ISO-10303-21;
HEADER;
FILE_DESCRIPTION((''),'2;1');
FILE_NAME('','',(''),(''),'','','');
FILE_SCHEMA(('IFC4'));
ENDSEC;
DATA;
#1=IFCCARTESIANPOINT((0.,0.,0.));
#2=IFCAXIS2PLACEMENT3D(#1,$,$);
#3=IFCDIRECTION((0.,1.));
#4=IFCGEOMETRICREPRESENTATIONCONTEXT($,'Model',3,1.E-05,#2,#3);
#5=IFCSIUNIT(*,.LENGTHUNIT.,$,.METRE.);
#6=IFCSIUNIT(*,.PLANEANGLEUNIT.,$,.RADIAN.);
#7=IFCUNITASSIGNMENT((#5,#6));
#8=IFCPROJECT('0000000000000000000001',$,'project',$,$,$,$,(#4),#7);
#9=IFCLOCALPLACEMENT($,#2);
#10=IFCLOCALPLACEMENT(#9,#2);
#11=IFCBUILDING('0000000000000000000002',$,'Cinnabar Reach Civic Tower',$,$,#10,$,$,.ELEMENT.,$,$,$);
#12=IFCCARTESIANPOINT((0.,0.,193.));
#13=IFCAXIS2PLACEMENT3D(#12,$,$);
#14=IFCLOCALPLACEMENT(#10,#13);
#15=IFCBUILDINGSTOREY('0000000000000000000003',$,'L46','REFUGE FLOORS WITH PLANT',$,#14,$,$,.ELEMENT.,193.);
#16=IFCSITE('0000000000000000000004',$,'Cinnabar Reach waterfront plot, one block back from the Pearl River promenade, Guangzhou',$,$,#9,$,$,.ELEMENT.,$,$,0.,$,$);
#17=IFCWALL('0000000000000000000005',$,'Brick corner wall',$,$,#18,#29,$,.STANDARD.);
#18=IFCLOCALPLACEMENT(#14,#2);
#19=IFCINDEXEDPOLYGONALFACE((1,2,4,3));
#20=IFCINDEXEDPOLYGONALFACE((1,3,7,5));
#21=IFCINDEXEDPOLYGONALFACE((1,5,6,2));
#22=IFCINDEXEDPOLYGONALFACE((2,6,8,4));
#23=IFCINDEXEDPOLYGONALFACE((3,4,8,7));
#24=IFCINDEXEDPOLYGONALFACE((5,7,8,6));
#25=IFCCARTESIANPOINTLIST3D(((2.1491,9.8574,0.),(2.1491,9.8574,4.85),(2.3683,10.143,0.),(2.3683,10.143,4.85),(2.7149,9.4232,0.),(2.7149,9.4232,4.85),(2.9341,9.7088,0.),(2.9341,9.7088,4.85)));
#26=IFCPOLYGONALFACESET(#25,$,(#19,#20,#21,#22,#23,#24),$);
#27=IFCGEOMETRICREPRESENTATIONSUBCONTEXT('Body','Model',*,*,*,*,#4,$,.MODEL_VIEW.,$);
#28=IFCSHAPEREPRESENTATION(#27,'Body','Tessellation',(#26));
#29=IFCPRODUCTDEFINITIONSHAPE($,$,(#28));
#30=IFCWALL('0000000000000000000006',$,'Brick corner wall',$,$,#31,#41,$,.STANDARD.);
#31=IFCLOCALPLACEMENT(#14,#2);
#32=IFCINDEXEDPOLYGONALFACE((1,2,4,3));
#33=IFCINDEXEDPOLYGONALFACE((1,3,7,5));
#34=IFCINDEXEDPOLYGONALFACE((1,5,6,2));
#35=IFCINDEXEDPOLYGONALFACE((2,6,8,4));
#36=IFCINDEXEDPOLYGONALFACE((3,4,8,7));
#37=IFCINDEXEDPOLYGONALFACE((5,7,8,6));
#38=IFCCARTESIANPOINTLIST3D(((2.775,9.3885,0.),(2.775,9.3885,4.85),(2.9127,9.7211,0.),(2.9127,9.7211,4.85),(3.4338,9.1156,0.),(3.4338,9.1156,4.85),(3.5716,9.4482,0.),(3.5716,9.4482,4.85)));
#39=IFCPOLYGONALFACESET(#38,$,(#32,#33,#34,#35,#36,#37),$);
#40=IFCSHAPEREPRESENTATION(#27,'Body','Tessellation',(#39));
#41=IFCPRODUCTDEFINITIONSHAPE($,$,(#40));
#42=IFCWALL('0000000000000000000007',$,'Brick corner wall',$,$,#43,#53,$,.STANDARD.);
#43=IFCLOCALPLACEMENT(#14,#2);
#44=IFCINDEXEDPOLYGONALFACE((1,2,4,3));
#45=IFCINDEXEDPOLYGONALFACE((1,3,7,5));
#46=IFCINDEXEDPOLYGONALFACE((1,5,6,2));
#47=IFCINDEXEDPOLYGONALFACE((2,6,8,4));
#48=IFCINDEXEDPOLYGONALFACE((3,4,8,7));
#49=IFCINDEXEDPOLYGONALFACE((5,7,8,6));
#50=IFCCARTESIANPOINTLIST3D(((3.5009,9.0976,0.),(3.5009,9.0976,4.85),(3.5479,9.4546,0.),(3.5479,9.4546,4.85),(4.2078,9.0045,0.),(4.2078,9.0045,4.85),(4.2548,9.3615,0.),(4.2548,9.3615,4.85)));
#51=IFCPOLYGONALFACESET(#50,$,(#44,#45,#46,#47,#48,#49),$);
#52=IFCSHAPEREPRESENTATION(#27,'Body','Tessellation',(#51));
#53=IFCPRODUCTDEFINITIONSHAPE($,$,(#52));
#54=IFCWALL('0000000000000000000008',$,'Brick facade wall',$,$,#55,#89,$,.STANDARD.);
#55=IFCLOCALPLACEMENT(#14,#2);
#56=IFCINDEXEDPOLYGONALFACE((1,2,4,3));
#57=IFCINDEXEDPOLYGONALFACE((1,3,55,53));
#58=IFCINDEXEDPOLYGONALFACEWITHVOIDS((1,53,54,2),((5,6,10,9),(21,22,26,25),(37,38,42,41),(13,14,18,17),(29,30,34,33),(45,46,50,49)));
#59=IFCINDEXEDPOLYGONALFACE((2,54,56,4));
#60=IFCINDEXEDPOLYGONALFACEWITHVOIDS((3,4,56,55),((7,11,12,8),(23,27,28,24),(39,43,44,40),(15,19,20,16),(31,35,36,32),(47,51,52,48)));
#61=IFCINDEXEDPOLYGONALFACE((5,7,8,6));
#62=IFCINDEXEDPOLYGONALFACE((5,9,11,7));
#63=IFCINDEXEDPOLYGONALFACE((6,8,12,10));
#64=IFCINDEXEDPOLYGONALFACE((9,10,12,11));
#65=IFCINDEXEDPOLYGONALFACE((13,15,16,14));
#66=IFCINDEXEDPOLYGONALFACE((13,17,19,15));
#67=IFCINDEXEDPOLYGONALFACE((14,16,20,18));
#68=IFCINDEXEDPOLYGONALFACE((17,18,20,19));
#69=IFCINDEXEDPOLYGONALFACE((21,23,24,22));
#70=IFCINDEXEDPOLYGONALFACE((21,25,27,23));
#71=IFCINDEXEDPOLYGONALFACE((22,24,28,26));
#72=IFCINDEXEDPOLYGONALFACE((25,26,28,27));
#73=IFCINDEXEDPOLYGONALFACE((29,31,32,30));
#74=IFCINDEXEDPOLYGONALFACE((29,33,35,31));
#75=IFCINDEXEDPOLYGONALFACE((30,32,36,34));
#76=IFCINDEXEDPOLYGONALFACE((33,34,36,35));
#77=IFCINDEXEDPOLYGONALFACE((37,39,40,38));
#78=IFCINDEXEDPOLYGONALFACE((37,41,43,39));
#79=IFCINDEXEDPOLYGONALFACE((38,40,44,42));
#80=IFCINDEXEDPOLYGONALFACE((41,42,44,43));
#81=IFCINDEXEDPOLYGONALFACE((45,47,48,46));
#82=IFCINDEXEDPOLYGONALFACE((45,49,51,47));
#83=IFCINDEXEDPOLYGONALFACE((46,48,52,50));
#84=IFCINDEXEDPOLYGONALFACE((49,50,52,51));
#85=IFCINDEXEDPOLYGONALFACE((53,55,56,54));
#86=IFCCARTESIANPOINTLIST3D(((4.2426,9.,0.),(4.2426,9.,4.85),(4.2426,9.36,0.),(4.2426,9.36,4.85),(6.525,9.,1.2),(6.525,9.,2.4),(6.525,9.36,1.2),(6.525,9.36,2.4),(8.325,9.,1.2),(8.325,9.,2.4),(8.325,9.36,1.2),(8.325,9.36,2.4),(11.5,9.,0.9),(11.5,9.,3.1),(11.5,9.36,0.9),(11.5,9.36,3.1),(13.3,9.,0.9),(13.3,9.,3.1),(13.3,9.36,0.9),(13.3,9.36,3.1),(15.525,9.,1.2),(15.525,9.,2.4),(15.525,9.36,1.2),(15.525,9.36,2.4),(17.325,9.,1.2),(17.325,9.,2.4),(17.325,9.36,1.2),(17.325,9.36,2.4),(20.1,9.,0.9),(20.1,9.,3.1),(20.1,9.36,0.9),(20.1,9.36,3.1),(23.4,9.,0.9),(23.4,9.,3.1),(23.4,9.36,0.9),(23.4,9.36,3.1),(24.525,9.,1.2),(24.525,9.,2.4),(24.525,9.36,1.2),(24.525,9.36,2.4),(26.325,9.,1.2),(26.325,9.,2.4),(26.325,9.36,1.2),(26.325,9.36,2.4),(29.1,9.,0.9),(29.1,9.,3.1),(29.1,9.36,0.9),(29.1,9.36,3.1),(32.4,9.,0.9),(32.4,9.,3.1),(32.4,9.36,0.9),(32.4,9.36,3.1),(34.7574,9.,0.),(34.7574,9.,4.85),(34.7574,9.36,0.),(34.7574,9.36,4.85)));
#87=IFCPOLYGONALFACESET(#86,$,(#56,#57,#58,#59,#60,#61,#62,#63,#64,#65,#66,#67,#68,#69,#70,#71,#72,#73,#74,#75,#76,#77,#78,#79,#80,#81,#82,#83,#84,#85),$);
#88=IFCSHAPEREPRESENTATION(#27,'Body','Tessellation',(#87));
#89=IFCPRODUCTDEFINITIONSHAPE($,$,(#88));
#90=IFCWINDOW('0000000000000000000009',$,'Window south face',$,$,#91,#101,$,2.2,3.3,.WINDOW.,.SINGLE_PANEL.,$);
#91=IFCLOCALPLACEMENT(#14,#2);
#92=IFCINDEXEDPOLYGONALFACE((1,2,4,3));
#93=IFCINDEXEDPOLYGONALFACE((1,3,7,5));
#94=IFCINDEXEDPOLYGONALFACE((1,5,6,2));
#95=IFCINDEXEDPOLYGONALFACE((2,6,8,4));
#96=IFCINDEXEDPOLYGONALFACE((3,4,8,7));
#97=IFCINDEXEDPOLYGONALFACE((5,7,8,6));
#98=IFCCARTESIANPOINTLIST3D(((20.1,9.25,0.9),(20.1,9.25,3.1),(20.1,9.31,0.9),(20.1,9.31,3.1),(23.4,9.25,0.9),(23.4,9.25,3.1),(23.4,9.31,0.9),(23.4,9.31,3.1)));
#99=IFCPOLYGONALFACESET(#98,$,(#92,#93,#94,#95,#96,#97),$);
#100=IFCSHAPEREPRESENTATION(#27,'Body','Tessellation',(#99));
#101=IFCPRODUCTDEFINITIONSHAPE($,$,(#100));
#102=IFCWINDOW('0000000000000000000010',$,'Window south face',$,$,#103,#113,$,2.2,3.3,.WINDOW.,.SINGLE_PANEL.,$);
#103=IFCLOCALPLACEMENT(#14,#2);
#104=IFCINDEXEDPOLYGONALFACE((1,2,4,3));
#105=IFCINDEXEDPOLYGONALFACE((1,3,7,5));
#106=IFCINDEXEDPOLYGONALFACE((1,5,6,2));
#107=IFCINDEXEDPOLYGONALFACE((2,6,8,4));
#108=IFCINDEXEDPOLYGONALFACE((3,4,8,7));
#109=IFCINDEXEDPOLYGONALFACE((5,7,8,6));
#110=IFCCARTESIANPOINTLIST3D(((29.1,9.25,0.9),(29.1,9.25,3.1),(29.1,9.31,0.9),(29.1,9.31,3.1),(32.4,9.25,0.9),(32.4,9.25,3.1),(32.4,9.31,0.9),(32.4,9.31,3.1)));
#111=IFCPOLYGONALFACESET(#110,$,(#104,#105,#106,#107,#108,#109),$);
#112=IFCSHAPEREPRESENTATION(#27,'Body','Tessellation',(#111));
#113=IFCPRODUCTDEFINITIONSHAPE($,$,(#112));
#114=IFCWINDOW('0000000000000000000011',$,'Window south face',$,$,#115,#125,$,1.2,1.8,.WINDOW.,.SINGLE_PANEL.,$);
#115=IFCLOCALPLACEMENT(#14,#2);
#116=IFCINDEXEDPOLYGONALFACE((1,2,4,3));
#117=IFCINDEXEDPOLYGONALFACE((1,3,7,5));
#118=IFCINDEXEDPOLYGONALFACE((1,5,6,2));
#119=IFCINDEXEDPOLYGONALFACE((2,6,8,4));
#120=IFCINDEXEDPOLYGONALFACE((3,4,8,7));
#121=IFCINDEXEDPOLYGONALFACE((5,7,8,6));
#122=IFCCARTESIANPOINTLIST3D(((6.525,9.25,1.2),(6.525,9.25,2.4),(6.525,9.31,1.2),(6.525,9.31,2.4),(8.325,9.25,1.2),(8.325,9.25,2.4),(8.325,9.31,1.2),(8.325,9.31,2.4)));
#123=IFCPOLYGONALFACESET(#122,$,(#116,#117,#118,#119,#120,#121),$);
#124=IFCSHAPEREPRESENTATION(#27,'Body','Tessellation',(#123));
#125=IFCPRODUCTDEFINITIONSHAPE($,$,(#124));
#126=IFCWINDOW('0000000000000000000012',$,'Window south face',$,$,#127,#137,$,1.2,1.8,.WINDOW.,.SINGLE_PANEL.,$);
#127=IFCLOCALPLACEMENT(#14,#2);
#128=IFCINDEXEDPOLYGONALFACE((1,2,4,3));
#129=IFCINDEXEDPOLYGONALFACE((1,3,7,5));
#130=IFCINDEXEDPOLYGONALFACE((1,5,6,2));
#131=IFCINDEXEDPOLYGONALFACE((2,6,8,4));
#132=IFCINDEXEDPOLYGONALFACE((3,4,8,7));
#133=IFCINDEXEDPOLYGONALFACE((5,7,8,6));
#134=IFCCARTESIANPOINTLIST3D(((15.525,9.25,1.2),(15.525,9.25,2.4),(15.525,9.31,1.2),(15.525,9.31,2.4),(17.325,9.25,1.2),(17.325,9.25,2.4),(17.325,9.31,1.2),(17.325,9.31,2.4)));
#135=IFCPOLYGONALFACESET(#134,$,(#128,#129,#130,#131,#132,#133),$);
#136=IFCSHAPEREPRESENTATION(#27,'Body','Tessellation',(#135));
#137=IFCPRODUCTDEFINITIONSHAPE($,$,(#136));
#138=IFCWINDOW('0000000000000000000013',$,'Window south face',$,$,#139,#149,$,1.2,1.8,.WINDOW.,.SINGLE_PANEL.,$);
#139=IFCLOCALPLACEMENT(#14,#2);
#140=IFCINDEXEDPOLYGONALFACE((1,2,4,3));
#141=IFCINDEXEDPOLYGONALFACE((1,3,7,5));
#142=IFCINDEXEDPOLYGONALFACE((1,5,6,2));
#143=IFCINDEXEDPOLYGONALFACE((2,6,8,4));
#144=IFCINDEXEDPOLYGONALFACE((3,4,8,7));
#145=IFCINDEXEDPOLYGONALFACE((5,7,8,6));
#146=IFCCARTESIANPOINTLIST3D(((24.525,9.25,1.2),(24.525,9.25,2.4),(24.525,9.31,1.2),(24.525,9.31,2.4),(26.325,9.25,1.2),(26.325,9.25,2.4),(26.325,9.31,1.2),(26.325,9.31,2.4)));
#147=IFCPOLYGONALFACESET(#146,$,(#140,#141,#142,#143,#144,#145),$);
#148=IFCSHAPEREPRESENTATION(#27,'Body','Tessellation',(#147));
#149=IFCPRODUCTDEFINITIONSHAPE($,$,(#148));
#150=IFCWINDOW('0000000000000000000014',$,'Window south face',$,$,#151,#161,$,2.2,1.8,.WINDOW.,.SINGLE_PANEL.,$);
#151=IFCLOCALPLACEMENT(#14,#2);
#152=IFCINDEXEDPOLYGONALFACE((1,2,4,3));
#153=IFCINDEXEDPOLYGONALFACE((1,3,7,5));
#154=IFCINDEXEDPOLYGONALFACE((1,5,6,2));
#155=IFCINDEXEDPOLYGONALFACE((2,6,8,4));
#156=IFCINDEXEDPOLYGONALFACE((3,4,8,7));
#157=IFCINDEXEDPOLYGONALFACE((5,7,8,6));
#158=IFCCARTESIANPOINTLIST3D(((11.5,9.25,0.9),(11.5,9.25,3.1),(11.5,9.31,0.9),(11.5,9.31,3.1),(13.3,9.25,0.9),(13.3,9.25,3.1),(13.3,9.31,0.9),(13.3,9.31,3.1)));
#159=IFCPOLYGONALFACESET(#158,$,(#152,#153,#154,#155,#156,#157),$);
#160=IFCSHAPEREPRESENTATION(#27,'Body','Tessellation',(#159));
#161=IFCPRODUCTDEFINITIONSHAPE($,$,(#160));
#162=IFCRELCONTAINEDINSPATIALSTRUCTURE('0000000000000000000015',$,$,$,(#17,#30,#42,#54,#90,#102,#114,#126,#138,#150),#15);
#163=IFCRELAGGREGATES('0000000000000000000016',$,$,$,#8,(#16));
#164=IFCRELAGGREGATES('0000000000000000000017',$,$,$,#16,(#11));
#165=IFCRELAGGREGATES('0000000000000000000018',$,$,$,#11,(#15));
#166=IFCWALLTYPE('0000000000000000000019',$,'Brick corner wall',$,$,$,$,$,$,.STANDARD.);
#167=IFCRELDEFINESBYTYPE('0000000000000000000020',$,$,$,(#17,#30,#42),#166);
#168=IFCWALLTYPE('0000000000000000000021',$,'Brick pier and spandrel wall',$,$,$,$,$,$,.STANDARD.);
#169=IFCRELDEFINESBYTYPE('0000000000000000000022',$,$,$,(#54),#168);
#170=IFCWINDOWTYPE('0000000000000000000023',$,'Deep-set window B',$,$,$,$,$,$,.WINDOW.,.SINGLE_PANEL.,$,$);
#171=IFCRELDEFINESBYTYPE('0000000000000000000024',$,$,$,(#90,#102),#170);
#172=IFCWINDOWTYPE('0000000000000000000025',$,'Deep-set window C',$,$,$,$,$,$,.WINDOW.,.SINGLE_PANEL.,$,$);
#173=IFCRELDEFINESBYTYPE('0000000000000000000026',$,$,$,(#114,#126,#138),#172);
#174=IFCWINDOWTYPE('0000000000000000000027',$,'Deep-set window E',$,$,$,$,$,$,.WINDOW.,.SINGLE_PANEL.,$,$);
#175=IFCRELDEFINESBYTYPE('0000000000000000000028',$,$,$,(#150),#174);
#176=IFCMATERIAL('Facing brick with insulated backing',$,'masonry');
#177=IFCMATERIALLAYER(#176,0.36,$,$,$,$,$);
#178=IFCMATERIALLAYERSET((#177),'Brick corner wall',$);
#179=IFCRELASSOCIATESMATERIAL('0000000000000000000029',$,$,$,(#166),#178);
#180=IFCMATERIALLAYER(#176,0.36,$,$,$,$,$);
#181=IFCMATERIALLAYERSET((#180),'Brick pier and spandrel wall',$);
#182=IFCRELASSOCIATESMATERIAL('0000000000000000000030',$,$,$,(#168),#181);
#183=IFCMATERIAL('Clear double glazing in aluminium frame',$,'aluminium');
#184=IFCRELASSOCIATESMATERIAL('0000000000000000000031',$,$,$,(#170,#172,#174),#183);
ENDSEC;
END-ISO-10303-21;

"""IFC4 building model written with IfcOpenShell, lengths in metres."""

from ifc_helpers import new_model, si_unit, direction, frame, frame_2d, origin, place, context, subcontext, project, spatial, rectangle, extrude, material, layer, layer_set, type_object, element, fill, save


model = new_model("IFC4")

# Units and contexts
model_context = context("Model", 3, precision=1e-05, world=origin(), true_north=direction((0.0, 1.0)))
body_context = subcontext(model_context, "Body", "Model", "MODEL_VIEW")
ifc_project = project(units=[si_unit("LENGTHUNIT", "METRE"), si_unit("PLANEANGLEUNIT", "RADIAN")], contexts=[model_context])

# Site, building, storey
site_placement = place(None, origin())
site = spatial("IfcSite", under=ifc_project, at=site_placement, Name="Cinnabar Reach waterfront plot, one block back from the Pearl River promenade, Guangzhou", CompositionType="ELEMENT", RefElevation=0.0)
building_placement = place(site_placement, origin())
building = spatial("IfcBuilding", under=site, at=building_placement, Name="Cinnabar Reach Civic Tower", CompositionType="ELEMENT")
storey_placement = place(building_placement, frame((0.0, 0.0, 193.0)))
storey = spatial("IfcBuildingStorey", under=building, at=storey_placement, Name="L46", Description="REFUGE FLOORS WITH PLANT", CompositionType="ELEMENT", Elevation=193.0)

# Walls
ifc_material_1 = material(Name="Facing brick with insulated backing", Category="masonry")
ifc_layer_1 = layer(ifc_material_1, 0.36)
ifc_layer_set_1 = layer_set([ifc_layer_1], Name="Brick corner wall")
wall_type_1 = type_object("IfcWallType", Name="Brick corner wall", PredefinedType="STANDARD", material=ifc_layer_set_1)
wall_1_placement = place(storey_placement, frame((2.2587, 10.0002, 0.0), z_axis=(0.0, 0.0, 1.0), x_axis=(0.793322, -0.608802, 0.0)))
element("IfcWall", 1, at=wall_1_placement, inside=storey, type_object=wall_type_1, Name="Brick corner wall", PredefinedType="STANDARD", context=body_context, shape_type="SweptSolid", body=[
    extrude(rectangle(XDim=0.7132, YDim=0.36, at=frame_2d((0.3566, 0.0))), origin(), (0.0, 0.0, 1.0), 4.85),
])
for number, where, z_axis, x_axis, name in (
    (2, (2.8439, 9.5548, 0.0), (0.0, 0.0, 1.0), (0.923872, -0.382703, 0.0), "Brick corner wall"),
    (3, (3.5244, 9.2761, 0.0), (0.0, 0.0, 1.0), (0.991441, -0.130556, 0.0), "Brick corner wall"),
):
    element("IfcWall", number, at=place(storey_placement, frame(where, z_axis=z_axis, x_axis=x_axis)), inside=storey, type_object=wall_type_1, Name=name, PredefinedType="STANDARD", context=body_context, shape_type="SweptSolid", body=[
        extrude(rectangle(XDim=0.7131, YDim=0.36, at=frame_2d((0.3565, 0.0))), origin(), (0.0, 0.0, 1.0), 4.85),
    ])

# Wall, openings, windows
ifc_layer_2 = layer(ifc_material_1, 0.36)
ifc_layer_set_2 = layer_set([ifc_layer_2], Name="Brick pier and spandrel wall")
wall_type_2 = type_object("IfcWallType", Name="Brick pier and spandrel wall", PredefinedType="STANDARD", material=ifc_layer_set_2)
wall_2_placement = place(storey_placement, frame((4.2426, 9.18, 0.0), z_axis=(0.0, 0.0, 1.0), x_axis=(1.0, 0.0, 0.0)))
wall_2 = element("IfcWall", 4, at=wall_2_placement, inside=storey, type_object=wall_type_2, Name="Brick facade wall", PredefinedType="STANDARD", context=body_context, shape_type="SweptSolid", body=[
    extrude(rectangle(XDim=30.5148, YDim=0.36, at=frame_2d((15.2574, 0.0))), origin(), (0.0, 0.0, 1.0), 4.85),
])
opening_1_placement = place(wall_2_placement, frame((2.2824, 0.0, 1.2)))
opening_1 = element("IfcOpeningElement", 5, at=opening_1_placement, cuts=wall_2, PredefinedType="OPENING", context=body_context, shape_type="SweptSolid", body=[
    extrude(rectangle(XDim=1.8, YDim=1.2, at=frame_2d((0.9, 0.6))), frame((0.0, 0.19, 0.0), z_axis=(0.0, -1.0, 0.0), x_axis=(1.0, 0.0, 0.0)), (0.0, 0.0, 1.0), 0.38),
])
opening_2_placement = place(wall_2_placement, frame((7.2574, 0.0, 0.9)))
opening_2 = element("IfcOpeningElement", 6, at=opening_2_placement, cuts=wall_2, PredefinedType="OPENING", context=body_context, shape_type="SweptSolid", body=[
    extrude(rectangle(XDim=1.8, YDim=2.2, at=frame_2d((0.9, 1.1))), frame((0.0, 0.19, 0.0), z_axis=(0.0, -1.0, 0.0), x_axis=(1.0, 0.0, 0.0)), (0.0, 0.0, 1.0), 0.38),
])
opening_3_placement = place(wall_2_placement, frame((11.2824, 0.0, 1.2)))
opening_3 = element("IfcOpeningElement", 7, at=opening_3_placement, cuts=wall_2, PredefinedType="OPENING", context=body_context, shape_type="SweptSolid", body=[
    extrude(rectangle(XDim=1.8, YDim=1.2, at=frame_2d((0.9, 0.6))), frame((0.0, 0.19, 0.0), z_axis=(0.0, -1.0, 0.0), x_axis=(1.0, 0.0, 0.0)), (0.0, 0.0, 1.0), 0.38),
])
opening_4_placement = place(wall_2_placement, frame((15.8574, 0.0, 0.9)))
opening_4 = element("IfcOpeningElement", 8, at=opening_4_placement, cuts=wall_2, PredefinedType="OPENING", context=body_context, shape_type="SweptSolid", body=[
    extrude(rectangle(XDim=3.3, YDim=2.2, at=frame_2d((1.65, 1.1))), frame((0.0, 0.19, 0.0), z_axis=(0.0, -1.0, 0.0), x_axis=(1.0, 0.0, 0.0)), (0.0, 0.0, 1.0), 0.38),
])
opening_5_placement = place(wall_2_placement, frame((20.2824, 0.0, 1.2)))
opening_5 = element("IfcOpeningElement", 9, at=opening_5_placement, cuts=wall_2, PredefinedType="OPENING", context=body_context, shape_type="SweptSolid", body=[
    extrude(rectangle(XDim=1.8, YDim=1.2, at=frame_2d((0.9, 0.6))), frame((0.0, 0.19, 0.0), z_axis=(0.0, -1.0, 0.0), x_axis=(1.0, 0.0, 0.0)), (0.0, 0.0, 1.0), 0.38),
])
opening_6_placement = place(wall_2_placement, frame((24.8574, 0.0, 0.9)))
opening_6 = element("IfcOpeningElement", 10, at=opening_6_placement, cuts=wall_2, PredefinedType="OPENING", context=body_context, shape_type="SweptSolid", body=[
    extrude(rectangle(XDim=3.3, YDim=2.2, at=frame_2d((1.65, 1.1))), frame((0.0, 0.19, 0.0), z_axis=(0.0, -1.0, 0.0), x_axis=(1.0, 0.0, 0.0)), (0.0, 0.0, 1.0), 0.38),
])
ifc_material_2 = material(Name="Clear double glazing in aluminium frame", Category="aluminium")
window_type_1 = type_object("IfcWindowType", Name="Deep-set window B", PartitioningType="SINGLE_PANEL", PredefinedType="WINDOW", material=ifc_material_2)
window_1_placement = place(opening_4_placement, origin())
window_1 = element("IfcWindow", 11, at=window_1_placement, inside=storey, type_object=window_type_1, Name="Window south face", OverallHeight=2.2, OverallWidth=3.3, PartitioningType="SINGLE_PANEL", PredefinedType="WINDOW", context=body_context, shape_type="SweptSolid", body=[
    extrude(rectangle(XDim=3.3, YDim=2.2, at=frame_2d((1.65, 1.1))), frame((0.0, 0.13, 0.0), z_axis=(0.0, -1.0, 0.0), x_axis=(1.0, 0.0, 0.0)), (0.0, 0.0, 1.0), 0.06),
])
fill(opening_4, window_1)
window_2_placement = place(opening_6_placement, origin())
window_2 = element("IfcWindow", 12, at=window_2_placement, inside=storey, type_object=window_type_1, Name="Window south face", OverallHeight=2.2, OverallWidth=3.3, PartitioningType="SINGLE_PANEL", PredefinedType="WINDOW", context=body_context, shape_type="SweptSolid", body=[
    extrude(rectangle(XDim=3.3, YDim=2.2, at=frame_2d((1.65, 1.1))), frame((0.0, 0.13, 0.0), z_axis=(0.0, -1.0, 0.0), x_axis=(1.0, 0.0, 0.0)), (0.0, 0.0, 1.0), 0.06),
])
fill(opening_6, window_2)
window_type_2 = type_object("IfcWindowType", Name="Deep-set window C", PartitioningType="SINGLE_PANEL", PredefinedType="WINDOW", material=ifc_material_2)
window_3_placement = place(opening_1_placement, origin())
window_3 = element("IfcWindow", 13, at=window_3_placement, inside=storey, type_object=window_type_2, Name="Window south face", OverallHeight=1.2, OverallWidth=1.8, PartitioningType="SINGLE_PANEL", PredefinedType="WINDOW", context=body_context, shape_type="SweptSolid", body=[
    extrude(rectangle(XDim=1.8, YDim=1.2, at=frame_2d((0.9, 0.6))), frame((0.0, 0.13, 0.0), z_axis=(0.0, -1.0, 0.0), x_axis=(1.0, 0.0, 0.0)), (0.0, 0.0, 1.0), 0.06),
])
fill(opening_1, window_3)
window_4_placement = place(opening_3_placement, origin())
window_4 = element("IfcWindow", 14, at=window_4_placement, inside=storey, type_object=window_type_2, Name="Window south face", OverallHeight=1.2, OverallWidth=1.8, PartitioningType="SINGLE_PANEL", PredefinedType="WINDOW", context=body_context, shape_type="SweptSolid", body=[
    extrude(rectangle(XDim=1.8, YDim=1.2, at=frame_2d((0.9, 0.6))), frame((0.0, 0.13, 0.0), z_axis=(0.0, -1.0, 0.0), x_axis=(1.0, 0.0, 0.0)), (0.0, 0.0, 1.0), 0.06),
])
fill(opening_3, window_4)
window_5_placement = place(opening_5_placement, origin())
window_5 = element("IfcWindow", 15, at=window_5_placement, inside=storey, type_object=window_type_2, Name="Window south face", OverallHeight=1.2, OverallWidth=1.8, PartitioningType="SINGLE_PANEL", PredefinedType="WINDOW", context=body_context, shape_type="SweptSolid", body=[
    extrude(rectangle(XDim=1.8, YDim=1.2, at=frame_2d((0.9, 0.6))), frame((0.0, 0.13, 0.0), z_axis=(0.0, -1.0, 0.0), x_axis=(1.0, 0.0, 0.0)), (0.0, 0.0, 1.0), 0.06),
])
fill(opening_5, window_5)
window_type_3 = type_object("IfcWindowType", Name="Deep-set window E", PartitioningType="SINGLE_PANEL", PredefinedType="WINDOW", material=ifc_material_2)
window_6_placement = place(opening_2_placement, origin())
window_6 = element("IfcWindow", 16, at=window_6_placement, inside=storey, type_object=window_type_3, Name="Window south face", OverallHeight=2.2, OverallWidth=1.8, PartitioningType="SINGLE_PANEL", PredefinedType="WINDOW", context=body_context, shape_type="SweptSolid", body=[
    extrude(rectangle(XDim=1.8, YDim=2.2, at=frame_2d((0.9, 1.1))), frame((0.0, 0.13, 0.0), z_axis=(0.0, -1.0, 0.0), x_axis=(1.0, 0.0, 0.0)), (0.0, 0.0, 1.0), 0.06),
])
fill(opening_2, window_6)

save(model, "model.ifc")
